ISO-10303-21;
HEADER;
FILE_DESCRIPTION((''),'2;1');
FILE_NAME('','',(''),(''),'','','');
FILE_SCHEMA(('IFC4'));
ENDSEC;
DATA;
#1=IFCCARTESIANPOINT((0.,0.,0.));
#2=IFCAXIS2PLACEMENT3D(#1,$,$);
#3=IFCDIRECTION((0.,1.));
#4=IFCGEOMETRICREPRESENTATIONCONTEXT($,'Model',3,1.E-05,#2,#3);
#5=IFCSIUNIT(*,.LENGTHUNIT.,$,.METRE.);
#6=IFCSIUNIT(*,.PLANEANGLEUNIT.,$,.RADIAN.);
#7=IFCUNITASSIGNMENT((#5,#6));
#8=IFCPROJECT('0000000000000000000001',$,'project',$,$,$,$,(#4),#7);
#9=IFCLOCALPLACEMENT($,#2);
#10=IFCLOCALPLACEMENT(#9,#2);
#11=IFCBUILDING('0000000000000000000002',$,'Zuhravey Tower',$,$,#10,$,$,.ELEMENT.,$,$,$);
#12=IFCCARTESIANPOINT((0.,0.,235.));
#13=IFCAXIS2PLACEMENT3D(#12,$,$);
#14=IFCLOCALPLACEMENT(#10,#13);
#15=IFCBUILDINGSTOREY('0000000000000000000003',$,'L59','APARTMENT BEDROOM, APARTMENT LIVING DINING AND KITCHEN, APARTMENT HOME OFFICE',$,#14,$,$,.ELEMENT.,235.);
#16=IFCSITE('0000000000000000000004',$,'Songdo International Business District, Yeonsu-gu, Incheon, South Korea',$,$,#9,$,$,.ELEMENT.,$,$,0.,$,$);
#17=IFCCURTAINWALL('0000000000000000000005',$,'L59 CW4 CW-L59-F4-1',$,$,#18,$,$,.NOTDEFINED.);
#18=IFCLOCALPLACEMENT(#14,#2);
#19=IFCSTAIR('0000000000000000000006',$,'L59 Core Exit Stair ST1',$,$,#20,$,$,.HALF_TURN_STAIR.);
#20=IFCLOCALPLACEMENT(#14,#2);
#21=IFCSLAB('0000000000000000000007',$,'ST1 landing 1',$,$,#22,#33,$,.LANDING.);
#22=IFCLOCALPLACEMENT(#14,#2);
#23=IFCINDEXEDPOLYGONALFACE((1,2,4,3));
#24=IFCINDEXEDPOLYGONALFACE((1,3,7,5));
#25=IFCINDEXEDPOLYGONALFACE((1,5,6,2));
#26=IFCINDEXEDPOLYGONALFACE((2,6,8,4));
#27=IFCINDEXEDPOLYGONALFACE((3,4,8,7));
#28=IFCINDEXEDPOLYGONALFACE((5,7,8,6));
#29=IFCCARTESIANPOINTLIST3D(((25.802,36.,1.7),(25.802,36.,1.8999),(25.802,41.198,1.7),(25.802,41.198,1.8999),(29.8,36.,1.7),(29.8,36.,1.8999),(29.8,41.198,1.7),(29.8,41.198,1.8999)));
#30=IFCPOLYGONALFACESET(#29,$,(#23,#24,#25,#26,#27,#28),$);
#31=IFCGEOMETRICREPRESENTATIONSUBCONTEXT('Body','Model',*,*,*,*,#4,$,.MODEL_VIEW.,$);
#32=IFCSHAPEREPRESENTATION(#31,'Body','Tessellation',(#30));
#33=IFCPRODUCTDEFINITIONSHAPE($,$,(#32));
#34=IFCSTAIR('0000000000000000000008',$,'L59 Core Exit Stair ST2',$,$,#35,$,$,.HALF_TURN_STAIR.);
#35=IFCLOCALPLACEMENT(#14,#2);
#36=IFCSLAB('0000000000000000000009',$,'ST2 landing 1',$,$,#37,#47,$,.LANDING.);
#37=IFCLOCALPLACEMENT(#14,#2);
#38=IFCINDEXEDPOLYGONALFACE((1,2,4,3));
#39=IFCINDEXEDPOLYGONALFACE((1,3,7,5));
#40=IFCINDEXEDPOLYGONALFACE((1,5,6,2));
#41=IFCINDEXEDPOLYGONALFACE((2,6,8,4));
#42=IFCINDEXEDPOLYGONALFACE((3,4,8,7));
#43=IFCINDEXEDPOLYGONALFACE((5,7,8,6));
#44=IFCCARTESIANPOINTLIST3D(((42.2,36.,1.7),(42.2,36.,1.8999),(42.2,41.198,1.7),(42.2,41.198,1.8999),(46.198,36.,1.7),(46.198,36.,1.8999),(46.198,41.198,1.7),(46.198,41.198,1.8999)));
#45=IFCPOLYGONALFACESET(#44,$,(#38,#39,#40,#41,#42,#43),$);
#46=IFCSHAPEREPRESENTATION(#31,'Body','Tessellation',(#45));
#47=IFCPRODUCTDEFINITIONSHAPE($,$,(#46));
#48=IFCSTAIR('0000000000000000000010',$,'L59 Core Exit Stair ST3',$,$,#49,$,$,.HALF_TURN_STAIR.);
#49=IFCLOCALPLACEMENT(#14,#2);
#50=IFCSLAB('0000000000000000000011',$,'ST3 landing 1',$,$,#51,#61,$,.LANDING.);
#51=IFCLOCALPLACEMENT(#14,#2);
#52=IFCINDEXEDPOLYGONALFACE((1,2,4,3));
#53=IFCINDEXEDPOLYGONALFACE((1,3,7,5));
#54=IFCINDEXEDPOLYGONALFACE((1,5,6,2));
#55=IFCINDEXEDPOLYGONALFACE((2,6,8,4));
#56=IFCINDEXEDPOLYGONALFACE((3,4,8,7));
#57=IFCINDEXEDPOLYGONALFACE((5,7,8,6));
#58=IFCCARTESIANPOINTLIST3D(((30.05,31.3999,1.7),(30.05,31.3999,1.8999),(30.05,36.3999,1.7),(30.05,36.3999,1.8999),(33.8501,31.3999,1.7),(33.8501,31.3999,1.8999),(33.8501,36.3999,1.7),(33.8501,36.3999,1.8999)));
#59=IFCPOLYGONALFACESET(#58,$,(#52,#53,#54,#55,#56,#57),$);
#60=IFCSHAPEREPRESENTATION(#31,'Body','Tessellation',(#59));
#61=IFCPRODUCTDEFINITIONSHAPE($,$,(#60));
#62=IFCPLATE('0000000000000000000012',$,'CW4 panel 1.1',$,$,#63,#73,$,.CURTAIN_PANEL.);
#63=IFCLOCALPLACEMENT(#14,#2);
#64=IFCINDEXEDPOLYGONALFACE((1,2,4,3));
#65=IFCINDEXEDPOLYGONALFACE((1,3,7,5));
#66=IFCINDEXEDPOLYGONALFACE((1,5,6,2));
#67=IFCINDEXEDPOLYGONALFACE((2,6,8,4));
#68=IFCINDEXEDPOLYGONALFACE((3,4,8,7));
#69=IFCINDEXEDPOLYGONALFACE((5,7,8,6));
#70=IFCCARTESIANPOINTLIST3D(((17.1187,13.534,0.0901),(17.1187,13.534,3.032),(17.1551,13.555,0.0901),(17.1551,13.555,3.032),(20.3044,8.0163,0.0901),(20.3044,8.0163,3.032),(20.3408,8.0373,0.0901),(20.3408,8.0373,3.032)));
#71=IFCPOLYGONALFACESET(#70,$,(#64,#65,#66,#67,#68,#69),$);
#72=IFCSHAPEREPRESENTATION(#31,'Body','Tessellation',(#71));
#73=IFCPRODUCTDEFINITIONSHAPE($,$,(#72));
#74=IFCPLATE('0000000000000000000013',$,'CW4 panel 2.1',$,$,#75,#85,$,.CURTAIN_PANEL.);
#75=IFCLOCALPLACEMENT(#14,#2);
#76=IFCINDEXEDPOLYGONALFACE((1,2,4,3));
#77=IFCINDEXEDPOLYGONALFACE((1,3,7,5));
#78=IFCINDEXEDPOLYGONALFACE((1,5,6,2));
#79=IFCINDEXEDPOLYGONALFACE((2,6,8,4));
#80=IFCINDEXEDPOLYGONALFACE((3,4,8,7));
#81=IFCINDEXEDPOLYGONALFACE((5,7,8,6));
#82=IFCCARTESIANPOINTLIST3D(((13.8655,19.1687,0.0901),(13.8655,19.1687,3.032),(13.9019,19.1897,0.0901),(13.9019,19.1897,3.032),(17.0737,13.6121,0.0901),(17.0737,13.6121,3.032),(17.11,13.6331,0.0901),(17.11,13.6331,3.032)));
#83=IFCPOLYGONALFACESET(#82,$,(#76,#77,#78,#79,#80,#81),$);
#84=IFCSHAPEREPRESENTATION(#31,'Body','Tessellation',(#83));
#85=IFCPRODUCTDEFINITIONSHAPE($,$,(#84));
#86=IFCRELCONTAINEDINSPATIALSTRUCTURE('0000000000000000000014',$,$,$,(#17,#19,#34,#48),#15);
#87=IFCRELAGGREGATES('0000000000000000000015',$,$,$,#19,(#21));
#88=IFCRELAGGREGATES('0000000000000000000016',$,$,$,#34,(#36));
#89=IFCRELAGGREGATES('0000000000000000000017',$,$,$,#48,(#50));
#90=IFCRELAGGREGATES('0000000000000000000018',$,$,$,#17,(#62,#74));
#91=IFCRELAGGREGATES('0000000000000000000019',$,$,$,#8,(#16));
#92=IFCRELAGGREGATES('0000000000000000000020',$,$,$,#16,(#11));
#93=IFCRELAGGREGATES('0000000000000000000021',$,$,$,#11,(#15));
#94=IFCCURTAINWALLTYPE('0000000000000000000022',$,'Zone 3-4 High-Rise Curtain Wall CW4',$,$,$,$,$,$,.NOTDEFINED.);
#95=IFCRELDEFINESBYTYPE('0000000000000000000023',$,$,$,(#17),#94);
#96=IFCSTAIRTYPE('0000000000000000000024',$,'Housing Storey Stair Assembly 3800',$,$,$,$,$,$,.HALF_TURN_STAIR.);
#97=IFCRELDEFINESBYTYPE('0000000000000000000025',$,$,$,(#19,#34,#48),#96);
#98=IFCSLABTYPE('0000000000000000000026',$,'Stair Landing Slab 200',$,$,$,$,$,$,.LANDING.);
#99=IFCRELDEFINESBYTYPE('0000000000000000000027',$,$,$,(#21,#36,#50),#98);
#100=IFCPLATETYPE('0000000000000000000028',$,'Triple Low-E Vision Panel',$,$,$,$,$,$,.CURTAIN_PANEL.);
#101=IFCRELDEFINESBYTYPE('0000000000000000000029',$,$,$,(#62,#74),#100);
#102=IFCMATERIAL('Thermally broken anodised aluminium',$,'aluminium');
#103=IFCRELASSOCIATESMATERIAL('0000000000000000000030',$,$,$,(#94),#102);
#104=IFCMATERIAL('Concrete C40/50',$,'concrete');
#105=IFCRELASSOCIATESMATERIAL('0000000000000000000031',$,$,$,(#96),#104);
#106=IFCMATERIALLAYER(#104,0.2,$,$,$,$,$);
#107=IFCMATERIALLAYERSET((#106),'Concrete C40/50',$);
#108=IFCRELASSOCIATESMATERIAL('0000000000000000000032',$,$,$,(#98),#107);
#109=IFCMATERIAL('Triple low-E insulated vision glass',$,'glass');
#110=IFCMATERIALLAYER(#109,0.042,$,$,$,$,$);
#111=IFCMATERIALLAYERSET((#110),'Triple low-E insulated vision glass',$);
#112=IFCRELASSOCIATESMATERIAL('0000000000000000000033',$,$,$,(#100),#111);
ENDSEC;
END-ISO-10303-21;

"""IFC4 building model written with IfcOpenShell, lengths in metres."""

from ifc_helpers import new_model, si_unit, direction, frame, origin, origin_2d, place, context, subcontext, project, spatial, polyline, rectangle, outline, extrude, material, layer, layer_set, type_object, element, aggregate, save


model = new_model("IFC4")

# Units and contexts
model_context = context("Model", 3, precision=1e-05, world=origin(), true_north=direction((0.0, 1.0)))
body_context = subcontext(model_context, "Body", "Model", "MODEL_VIEW")
ifc_project = project(units=[si_unit("LENGTHUNIT", "METRE"), si_unit("PLANEANGLEUNIT", "RADIAN")], contexts=[model_context])

# Site, building, storey
site_placement = place(None, origin())
site = spatial("IfcSite", under=ifc_project, at=site_placement, Name="Songdo International Business District, Yeonsu-gu, Incheon, South Korea", CompositionType="ELEMENT", RefElevation=0.0)
building_placement = place(site_placement, origin())
building = spatial("IfcBuilding", under=site, at=building_placement, Name="Zuhravey Tower", CompositionType="ELEMENT")
storey_placement = place(building_placement, frame((0.0, 0.0, 235.0)))
storey = spatial("IfcBuildingStorey", under=building, at=storey_placement, Name="L59", Description="APARTMENT BEDROOM, APARTMENT LIVING DINING AND KITCHEN, APARTMENT HOME OFFICE", CompositionType="ELEMENT", Elevation=235.0)

# Curtain wall
ifc_material_1 = material(Name="Thermally broken anodised aluminium", Category="aluminium")
curtain_wall_type = type_object("IfcCurtainWallType", Name="Zone 3-4 High-Rise Curtain Wall CW4", PredefinedType="NOTDEFINED", material=ifc_material_1)
curtain_wall_placement = place(storey_placement, origin())
curtain_wall = element("IfcCurtainWall", 1, at=curtain_wall_placement, inside=storey, type_object=curtain_wall_type, Name="L59 CW4 CW-L59-F4-1", PredefinedType="NOTDEFINED")

# Shared definitions
ifc_material_2 = material(Name="Concrete C40/50", Category="concrete")

# Stairs, slabs
stair_type = type_object("IfcStairType", Name="Housing Storey Stair Assembly 3800", PredefinedType="HALF_TURN_STAIR", material=ifc_material_2)
stair_1_placement = place(storey_placement, origin())
stair_1 = element("IfcStair", 2, at=stair_1_placement, inside=storey, type_object=stair_type, Name="L59 Core Exit Stair ST1", PredefinedType="HALF_TURN_STAIR")
ifc_layer_1 = layer(ifc_material_2, 0.2)
ifc_layer_set_1 = layer_set([ifc_layer_1], Name="Concrete C40/50")
slab_type_1 = type_object("IfcSlabType", Name="Stair Landing Slab 200", PredefinedType="LANDING", material=ifc_layer_set_1)
slab_1_placement = place(storey_placement, frame((0.0, 0.0, 1.7)))
slab_1 = element("IfcSlab", 3, at=slab_1_placement, type_object=slab_type_1, Name="ST1 landing 1", PredefinedType="LANDING", context=body_context, shape_type="SweptSolid", body=[
    extrude(outline(polyline([(29.8, 36.0), (29.8, 41.198), (25.802, 41.198), (25.802, 36.0), (29.8, 36.0)])), origin(), (0.0, 0.0, 1.0), 0.2),
])
aggregate(stair_1, [slab_1])
stair_2_placement = place(storey_placement, origin())
stair_2 = element("IfcStair", 4, at=stair_2_placement, inside=storey, type_object=stair_type, Name="L59 Core Exit Stair ST2", PredefinedType="HALF_TURN_STAIR")
slab_2_placement = place(storey_placement, frame((0.0, 0.0, 1.7)))
slab_2 = element("IfcSlab", 5, at=slab_2_placement, type_object=slab_type_1, Name="ST2 landing 1", PredefinedType="LANDING", context=body_context, shape_type="SweptSolid", body=[
    extrude(outline(polyline([(46.198, 36.0), (46.198, 41.198), (42.2, 41.198), (42.2, 36.0), (46.198, 36.0)])), origin(), (0.0, 0.0, 1.0), 0.2),
])
aggregate(stair_2, [slab_2])
stair_3_placement = place(storey_placement, origin())
stair_3 = element("IfcStair", 6, at=stair_3_placement, inside=storey, type_object=stair_type, Name="L59 Core Exit Stair ST3", PredefinedType="HALF_TURN_STAIR")
slab_3_placement = place(storey_placement, frame((0.0, 0.0, 1.7)))
slab_3 = element("IfcSlab", 7, at=slab_3_placement, type_object=slab_type_1, Name="ST3 landing 1", PredefinedType="LANDING", context=body_context, shape_type="SweptSolid", body=[
    extrude(outline(polyline([(30.05, 36.3999), (30.05, 31.3999), (33.8501, 31.3999), (33.8501, 36.3999), (30.05, 36.3999)])), origin(), (0.0, 0.0, 1.0), 0.2),
])
aggregate(stair_3, [slab_3])

# Plates
ifc_material_3 = material(Name="Triple low-E insulated vision glass", Category="glass")
ifc_layer_2 = layer(ifc_material_3, 0.042)
ifc_layer_set_2 = layer_set([ifc_layer_2], Name="Triple low-E insulated vision glass")
plate_type = type_object("IfcPlateType", Name="Triple Low-E Vision Panel", PredefinedType="CURTAIN_PANEL", material=ifc_layer_set_2)
plate_1_placement = place(storey_placement, frame((18.7297, 10.7856, 0.0901), z_axis=(0.0, 0.0, 1.0), x_axis=(-0.500001, 0.866025, 0.0)))
plate_1 = element("IfcPlate", 8, at=plate_1_placement, type_object=plate_type, Name="CW4 panel 1.1", PredefinedType="CURTAIN_PANEL", context=body_context, shape_type="SweptSolid", body=[
    extrude(rectangle(XDim=6.3713, YDim=0.042, at=origin_2d()), origin(), (0.0, 0.0, 1.0), 2.9419),
])
plate_2_placement = place(storey_placement, frame((15.4878, 16.4009, 0.0901), z_axis=(0.0, 0.0, 1.0), x_axis=(-0.500001, 0.866025, 0.0)))
plate_2 = element("IfcPlate", 9, at=plate_2_placement, type_object=plate_type, Name="CW4 panel 2.1", PredefinedType="CURTAIN_PANEL", context=body_context, shape_type="SweptSolid", body=[
    extrude(rectangle(XDim=6.4163, YDim=0.042, at=origin_2d()), origin(), (0.0, 0.0, 1.0), 2.9419),
])
aggregate(curtain_wall, [plate_1, plate_2])

save(model, "model.ifc")
